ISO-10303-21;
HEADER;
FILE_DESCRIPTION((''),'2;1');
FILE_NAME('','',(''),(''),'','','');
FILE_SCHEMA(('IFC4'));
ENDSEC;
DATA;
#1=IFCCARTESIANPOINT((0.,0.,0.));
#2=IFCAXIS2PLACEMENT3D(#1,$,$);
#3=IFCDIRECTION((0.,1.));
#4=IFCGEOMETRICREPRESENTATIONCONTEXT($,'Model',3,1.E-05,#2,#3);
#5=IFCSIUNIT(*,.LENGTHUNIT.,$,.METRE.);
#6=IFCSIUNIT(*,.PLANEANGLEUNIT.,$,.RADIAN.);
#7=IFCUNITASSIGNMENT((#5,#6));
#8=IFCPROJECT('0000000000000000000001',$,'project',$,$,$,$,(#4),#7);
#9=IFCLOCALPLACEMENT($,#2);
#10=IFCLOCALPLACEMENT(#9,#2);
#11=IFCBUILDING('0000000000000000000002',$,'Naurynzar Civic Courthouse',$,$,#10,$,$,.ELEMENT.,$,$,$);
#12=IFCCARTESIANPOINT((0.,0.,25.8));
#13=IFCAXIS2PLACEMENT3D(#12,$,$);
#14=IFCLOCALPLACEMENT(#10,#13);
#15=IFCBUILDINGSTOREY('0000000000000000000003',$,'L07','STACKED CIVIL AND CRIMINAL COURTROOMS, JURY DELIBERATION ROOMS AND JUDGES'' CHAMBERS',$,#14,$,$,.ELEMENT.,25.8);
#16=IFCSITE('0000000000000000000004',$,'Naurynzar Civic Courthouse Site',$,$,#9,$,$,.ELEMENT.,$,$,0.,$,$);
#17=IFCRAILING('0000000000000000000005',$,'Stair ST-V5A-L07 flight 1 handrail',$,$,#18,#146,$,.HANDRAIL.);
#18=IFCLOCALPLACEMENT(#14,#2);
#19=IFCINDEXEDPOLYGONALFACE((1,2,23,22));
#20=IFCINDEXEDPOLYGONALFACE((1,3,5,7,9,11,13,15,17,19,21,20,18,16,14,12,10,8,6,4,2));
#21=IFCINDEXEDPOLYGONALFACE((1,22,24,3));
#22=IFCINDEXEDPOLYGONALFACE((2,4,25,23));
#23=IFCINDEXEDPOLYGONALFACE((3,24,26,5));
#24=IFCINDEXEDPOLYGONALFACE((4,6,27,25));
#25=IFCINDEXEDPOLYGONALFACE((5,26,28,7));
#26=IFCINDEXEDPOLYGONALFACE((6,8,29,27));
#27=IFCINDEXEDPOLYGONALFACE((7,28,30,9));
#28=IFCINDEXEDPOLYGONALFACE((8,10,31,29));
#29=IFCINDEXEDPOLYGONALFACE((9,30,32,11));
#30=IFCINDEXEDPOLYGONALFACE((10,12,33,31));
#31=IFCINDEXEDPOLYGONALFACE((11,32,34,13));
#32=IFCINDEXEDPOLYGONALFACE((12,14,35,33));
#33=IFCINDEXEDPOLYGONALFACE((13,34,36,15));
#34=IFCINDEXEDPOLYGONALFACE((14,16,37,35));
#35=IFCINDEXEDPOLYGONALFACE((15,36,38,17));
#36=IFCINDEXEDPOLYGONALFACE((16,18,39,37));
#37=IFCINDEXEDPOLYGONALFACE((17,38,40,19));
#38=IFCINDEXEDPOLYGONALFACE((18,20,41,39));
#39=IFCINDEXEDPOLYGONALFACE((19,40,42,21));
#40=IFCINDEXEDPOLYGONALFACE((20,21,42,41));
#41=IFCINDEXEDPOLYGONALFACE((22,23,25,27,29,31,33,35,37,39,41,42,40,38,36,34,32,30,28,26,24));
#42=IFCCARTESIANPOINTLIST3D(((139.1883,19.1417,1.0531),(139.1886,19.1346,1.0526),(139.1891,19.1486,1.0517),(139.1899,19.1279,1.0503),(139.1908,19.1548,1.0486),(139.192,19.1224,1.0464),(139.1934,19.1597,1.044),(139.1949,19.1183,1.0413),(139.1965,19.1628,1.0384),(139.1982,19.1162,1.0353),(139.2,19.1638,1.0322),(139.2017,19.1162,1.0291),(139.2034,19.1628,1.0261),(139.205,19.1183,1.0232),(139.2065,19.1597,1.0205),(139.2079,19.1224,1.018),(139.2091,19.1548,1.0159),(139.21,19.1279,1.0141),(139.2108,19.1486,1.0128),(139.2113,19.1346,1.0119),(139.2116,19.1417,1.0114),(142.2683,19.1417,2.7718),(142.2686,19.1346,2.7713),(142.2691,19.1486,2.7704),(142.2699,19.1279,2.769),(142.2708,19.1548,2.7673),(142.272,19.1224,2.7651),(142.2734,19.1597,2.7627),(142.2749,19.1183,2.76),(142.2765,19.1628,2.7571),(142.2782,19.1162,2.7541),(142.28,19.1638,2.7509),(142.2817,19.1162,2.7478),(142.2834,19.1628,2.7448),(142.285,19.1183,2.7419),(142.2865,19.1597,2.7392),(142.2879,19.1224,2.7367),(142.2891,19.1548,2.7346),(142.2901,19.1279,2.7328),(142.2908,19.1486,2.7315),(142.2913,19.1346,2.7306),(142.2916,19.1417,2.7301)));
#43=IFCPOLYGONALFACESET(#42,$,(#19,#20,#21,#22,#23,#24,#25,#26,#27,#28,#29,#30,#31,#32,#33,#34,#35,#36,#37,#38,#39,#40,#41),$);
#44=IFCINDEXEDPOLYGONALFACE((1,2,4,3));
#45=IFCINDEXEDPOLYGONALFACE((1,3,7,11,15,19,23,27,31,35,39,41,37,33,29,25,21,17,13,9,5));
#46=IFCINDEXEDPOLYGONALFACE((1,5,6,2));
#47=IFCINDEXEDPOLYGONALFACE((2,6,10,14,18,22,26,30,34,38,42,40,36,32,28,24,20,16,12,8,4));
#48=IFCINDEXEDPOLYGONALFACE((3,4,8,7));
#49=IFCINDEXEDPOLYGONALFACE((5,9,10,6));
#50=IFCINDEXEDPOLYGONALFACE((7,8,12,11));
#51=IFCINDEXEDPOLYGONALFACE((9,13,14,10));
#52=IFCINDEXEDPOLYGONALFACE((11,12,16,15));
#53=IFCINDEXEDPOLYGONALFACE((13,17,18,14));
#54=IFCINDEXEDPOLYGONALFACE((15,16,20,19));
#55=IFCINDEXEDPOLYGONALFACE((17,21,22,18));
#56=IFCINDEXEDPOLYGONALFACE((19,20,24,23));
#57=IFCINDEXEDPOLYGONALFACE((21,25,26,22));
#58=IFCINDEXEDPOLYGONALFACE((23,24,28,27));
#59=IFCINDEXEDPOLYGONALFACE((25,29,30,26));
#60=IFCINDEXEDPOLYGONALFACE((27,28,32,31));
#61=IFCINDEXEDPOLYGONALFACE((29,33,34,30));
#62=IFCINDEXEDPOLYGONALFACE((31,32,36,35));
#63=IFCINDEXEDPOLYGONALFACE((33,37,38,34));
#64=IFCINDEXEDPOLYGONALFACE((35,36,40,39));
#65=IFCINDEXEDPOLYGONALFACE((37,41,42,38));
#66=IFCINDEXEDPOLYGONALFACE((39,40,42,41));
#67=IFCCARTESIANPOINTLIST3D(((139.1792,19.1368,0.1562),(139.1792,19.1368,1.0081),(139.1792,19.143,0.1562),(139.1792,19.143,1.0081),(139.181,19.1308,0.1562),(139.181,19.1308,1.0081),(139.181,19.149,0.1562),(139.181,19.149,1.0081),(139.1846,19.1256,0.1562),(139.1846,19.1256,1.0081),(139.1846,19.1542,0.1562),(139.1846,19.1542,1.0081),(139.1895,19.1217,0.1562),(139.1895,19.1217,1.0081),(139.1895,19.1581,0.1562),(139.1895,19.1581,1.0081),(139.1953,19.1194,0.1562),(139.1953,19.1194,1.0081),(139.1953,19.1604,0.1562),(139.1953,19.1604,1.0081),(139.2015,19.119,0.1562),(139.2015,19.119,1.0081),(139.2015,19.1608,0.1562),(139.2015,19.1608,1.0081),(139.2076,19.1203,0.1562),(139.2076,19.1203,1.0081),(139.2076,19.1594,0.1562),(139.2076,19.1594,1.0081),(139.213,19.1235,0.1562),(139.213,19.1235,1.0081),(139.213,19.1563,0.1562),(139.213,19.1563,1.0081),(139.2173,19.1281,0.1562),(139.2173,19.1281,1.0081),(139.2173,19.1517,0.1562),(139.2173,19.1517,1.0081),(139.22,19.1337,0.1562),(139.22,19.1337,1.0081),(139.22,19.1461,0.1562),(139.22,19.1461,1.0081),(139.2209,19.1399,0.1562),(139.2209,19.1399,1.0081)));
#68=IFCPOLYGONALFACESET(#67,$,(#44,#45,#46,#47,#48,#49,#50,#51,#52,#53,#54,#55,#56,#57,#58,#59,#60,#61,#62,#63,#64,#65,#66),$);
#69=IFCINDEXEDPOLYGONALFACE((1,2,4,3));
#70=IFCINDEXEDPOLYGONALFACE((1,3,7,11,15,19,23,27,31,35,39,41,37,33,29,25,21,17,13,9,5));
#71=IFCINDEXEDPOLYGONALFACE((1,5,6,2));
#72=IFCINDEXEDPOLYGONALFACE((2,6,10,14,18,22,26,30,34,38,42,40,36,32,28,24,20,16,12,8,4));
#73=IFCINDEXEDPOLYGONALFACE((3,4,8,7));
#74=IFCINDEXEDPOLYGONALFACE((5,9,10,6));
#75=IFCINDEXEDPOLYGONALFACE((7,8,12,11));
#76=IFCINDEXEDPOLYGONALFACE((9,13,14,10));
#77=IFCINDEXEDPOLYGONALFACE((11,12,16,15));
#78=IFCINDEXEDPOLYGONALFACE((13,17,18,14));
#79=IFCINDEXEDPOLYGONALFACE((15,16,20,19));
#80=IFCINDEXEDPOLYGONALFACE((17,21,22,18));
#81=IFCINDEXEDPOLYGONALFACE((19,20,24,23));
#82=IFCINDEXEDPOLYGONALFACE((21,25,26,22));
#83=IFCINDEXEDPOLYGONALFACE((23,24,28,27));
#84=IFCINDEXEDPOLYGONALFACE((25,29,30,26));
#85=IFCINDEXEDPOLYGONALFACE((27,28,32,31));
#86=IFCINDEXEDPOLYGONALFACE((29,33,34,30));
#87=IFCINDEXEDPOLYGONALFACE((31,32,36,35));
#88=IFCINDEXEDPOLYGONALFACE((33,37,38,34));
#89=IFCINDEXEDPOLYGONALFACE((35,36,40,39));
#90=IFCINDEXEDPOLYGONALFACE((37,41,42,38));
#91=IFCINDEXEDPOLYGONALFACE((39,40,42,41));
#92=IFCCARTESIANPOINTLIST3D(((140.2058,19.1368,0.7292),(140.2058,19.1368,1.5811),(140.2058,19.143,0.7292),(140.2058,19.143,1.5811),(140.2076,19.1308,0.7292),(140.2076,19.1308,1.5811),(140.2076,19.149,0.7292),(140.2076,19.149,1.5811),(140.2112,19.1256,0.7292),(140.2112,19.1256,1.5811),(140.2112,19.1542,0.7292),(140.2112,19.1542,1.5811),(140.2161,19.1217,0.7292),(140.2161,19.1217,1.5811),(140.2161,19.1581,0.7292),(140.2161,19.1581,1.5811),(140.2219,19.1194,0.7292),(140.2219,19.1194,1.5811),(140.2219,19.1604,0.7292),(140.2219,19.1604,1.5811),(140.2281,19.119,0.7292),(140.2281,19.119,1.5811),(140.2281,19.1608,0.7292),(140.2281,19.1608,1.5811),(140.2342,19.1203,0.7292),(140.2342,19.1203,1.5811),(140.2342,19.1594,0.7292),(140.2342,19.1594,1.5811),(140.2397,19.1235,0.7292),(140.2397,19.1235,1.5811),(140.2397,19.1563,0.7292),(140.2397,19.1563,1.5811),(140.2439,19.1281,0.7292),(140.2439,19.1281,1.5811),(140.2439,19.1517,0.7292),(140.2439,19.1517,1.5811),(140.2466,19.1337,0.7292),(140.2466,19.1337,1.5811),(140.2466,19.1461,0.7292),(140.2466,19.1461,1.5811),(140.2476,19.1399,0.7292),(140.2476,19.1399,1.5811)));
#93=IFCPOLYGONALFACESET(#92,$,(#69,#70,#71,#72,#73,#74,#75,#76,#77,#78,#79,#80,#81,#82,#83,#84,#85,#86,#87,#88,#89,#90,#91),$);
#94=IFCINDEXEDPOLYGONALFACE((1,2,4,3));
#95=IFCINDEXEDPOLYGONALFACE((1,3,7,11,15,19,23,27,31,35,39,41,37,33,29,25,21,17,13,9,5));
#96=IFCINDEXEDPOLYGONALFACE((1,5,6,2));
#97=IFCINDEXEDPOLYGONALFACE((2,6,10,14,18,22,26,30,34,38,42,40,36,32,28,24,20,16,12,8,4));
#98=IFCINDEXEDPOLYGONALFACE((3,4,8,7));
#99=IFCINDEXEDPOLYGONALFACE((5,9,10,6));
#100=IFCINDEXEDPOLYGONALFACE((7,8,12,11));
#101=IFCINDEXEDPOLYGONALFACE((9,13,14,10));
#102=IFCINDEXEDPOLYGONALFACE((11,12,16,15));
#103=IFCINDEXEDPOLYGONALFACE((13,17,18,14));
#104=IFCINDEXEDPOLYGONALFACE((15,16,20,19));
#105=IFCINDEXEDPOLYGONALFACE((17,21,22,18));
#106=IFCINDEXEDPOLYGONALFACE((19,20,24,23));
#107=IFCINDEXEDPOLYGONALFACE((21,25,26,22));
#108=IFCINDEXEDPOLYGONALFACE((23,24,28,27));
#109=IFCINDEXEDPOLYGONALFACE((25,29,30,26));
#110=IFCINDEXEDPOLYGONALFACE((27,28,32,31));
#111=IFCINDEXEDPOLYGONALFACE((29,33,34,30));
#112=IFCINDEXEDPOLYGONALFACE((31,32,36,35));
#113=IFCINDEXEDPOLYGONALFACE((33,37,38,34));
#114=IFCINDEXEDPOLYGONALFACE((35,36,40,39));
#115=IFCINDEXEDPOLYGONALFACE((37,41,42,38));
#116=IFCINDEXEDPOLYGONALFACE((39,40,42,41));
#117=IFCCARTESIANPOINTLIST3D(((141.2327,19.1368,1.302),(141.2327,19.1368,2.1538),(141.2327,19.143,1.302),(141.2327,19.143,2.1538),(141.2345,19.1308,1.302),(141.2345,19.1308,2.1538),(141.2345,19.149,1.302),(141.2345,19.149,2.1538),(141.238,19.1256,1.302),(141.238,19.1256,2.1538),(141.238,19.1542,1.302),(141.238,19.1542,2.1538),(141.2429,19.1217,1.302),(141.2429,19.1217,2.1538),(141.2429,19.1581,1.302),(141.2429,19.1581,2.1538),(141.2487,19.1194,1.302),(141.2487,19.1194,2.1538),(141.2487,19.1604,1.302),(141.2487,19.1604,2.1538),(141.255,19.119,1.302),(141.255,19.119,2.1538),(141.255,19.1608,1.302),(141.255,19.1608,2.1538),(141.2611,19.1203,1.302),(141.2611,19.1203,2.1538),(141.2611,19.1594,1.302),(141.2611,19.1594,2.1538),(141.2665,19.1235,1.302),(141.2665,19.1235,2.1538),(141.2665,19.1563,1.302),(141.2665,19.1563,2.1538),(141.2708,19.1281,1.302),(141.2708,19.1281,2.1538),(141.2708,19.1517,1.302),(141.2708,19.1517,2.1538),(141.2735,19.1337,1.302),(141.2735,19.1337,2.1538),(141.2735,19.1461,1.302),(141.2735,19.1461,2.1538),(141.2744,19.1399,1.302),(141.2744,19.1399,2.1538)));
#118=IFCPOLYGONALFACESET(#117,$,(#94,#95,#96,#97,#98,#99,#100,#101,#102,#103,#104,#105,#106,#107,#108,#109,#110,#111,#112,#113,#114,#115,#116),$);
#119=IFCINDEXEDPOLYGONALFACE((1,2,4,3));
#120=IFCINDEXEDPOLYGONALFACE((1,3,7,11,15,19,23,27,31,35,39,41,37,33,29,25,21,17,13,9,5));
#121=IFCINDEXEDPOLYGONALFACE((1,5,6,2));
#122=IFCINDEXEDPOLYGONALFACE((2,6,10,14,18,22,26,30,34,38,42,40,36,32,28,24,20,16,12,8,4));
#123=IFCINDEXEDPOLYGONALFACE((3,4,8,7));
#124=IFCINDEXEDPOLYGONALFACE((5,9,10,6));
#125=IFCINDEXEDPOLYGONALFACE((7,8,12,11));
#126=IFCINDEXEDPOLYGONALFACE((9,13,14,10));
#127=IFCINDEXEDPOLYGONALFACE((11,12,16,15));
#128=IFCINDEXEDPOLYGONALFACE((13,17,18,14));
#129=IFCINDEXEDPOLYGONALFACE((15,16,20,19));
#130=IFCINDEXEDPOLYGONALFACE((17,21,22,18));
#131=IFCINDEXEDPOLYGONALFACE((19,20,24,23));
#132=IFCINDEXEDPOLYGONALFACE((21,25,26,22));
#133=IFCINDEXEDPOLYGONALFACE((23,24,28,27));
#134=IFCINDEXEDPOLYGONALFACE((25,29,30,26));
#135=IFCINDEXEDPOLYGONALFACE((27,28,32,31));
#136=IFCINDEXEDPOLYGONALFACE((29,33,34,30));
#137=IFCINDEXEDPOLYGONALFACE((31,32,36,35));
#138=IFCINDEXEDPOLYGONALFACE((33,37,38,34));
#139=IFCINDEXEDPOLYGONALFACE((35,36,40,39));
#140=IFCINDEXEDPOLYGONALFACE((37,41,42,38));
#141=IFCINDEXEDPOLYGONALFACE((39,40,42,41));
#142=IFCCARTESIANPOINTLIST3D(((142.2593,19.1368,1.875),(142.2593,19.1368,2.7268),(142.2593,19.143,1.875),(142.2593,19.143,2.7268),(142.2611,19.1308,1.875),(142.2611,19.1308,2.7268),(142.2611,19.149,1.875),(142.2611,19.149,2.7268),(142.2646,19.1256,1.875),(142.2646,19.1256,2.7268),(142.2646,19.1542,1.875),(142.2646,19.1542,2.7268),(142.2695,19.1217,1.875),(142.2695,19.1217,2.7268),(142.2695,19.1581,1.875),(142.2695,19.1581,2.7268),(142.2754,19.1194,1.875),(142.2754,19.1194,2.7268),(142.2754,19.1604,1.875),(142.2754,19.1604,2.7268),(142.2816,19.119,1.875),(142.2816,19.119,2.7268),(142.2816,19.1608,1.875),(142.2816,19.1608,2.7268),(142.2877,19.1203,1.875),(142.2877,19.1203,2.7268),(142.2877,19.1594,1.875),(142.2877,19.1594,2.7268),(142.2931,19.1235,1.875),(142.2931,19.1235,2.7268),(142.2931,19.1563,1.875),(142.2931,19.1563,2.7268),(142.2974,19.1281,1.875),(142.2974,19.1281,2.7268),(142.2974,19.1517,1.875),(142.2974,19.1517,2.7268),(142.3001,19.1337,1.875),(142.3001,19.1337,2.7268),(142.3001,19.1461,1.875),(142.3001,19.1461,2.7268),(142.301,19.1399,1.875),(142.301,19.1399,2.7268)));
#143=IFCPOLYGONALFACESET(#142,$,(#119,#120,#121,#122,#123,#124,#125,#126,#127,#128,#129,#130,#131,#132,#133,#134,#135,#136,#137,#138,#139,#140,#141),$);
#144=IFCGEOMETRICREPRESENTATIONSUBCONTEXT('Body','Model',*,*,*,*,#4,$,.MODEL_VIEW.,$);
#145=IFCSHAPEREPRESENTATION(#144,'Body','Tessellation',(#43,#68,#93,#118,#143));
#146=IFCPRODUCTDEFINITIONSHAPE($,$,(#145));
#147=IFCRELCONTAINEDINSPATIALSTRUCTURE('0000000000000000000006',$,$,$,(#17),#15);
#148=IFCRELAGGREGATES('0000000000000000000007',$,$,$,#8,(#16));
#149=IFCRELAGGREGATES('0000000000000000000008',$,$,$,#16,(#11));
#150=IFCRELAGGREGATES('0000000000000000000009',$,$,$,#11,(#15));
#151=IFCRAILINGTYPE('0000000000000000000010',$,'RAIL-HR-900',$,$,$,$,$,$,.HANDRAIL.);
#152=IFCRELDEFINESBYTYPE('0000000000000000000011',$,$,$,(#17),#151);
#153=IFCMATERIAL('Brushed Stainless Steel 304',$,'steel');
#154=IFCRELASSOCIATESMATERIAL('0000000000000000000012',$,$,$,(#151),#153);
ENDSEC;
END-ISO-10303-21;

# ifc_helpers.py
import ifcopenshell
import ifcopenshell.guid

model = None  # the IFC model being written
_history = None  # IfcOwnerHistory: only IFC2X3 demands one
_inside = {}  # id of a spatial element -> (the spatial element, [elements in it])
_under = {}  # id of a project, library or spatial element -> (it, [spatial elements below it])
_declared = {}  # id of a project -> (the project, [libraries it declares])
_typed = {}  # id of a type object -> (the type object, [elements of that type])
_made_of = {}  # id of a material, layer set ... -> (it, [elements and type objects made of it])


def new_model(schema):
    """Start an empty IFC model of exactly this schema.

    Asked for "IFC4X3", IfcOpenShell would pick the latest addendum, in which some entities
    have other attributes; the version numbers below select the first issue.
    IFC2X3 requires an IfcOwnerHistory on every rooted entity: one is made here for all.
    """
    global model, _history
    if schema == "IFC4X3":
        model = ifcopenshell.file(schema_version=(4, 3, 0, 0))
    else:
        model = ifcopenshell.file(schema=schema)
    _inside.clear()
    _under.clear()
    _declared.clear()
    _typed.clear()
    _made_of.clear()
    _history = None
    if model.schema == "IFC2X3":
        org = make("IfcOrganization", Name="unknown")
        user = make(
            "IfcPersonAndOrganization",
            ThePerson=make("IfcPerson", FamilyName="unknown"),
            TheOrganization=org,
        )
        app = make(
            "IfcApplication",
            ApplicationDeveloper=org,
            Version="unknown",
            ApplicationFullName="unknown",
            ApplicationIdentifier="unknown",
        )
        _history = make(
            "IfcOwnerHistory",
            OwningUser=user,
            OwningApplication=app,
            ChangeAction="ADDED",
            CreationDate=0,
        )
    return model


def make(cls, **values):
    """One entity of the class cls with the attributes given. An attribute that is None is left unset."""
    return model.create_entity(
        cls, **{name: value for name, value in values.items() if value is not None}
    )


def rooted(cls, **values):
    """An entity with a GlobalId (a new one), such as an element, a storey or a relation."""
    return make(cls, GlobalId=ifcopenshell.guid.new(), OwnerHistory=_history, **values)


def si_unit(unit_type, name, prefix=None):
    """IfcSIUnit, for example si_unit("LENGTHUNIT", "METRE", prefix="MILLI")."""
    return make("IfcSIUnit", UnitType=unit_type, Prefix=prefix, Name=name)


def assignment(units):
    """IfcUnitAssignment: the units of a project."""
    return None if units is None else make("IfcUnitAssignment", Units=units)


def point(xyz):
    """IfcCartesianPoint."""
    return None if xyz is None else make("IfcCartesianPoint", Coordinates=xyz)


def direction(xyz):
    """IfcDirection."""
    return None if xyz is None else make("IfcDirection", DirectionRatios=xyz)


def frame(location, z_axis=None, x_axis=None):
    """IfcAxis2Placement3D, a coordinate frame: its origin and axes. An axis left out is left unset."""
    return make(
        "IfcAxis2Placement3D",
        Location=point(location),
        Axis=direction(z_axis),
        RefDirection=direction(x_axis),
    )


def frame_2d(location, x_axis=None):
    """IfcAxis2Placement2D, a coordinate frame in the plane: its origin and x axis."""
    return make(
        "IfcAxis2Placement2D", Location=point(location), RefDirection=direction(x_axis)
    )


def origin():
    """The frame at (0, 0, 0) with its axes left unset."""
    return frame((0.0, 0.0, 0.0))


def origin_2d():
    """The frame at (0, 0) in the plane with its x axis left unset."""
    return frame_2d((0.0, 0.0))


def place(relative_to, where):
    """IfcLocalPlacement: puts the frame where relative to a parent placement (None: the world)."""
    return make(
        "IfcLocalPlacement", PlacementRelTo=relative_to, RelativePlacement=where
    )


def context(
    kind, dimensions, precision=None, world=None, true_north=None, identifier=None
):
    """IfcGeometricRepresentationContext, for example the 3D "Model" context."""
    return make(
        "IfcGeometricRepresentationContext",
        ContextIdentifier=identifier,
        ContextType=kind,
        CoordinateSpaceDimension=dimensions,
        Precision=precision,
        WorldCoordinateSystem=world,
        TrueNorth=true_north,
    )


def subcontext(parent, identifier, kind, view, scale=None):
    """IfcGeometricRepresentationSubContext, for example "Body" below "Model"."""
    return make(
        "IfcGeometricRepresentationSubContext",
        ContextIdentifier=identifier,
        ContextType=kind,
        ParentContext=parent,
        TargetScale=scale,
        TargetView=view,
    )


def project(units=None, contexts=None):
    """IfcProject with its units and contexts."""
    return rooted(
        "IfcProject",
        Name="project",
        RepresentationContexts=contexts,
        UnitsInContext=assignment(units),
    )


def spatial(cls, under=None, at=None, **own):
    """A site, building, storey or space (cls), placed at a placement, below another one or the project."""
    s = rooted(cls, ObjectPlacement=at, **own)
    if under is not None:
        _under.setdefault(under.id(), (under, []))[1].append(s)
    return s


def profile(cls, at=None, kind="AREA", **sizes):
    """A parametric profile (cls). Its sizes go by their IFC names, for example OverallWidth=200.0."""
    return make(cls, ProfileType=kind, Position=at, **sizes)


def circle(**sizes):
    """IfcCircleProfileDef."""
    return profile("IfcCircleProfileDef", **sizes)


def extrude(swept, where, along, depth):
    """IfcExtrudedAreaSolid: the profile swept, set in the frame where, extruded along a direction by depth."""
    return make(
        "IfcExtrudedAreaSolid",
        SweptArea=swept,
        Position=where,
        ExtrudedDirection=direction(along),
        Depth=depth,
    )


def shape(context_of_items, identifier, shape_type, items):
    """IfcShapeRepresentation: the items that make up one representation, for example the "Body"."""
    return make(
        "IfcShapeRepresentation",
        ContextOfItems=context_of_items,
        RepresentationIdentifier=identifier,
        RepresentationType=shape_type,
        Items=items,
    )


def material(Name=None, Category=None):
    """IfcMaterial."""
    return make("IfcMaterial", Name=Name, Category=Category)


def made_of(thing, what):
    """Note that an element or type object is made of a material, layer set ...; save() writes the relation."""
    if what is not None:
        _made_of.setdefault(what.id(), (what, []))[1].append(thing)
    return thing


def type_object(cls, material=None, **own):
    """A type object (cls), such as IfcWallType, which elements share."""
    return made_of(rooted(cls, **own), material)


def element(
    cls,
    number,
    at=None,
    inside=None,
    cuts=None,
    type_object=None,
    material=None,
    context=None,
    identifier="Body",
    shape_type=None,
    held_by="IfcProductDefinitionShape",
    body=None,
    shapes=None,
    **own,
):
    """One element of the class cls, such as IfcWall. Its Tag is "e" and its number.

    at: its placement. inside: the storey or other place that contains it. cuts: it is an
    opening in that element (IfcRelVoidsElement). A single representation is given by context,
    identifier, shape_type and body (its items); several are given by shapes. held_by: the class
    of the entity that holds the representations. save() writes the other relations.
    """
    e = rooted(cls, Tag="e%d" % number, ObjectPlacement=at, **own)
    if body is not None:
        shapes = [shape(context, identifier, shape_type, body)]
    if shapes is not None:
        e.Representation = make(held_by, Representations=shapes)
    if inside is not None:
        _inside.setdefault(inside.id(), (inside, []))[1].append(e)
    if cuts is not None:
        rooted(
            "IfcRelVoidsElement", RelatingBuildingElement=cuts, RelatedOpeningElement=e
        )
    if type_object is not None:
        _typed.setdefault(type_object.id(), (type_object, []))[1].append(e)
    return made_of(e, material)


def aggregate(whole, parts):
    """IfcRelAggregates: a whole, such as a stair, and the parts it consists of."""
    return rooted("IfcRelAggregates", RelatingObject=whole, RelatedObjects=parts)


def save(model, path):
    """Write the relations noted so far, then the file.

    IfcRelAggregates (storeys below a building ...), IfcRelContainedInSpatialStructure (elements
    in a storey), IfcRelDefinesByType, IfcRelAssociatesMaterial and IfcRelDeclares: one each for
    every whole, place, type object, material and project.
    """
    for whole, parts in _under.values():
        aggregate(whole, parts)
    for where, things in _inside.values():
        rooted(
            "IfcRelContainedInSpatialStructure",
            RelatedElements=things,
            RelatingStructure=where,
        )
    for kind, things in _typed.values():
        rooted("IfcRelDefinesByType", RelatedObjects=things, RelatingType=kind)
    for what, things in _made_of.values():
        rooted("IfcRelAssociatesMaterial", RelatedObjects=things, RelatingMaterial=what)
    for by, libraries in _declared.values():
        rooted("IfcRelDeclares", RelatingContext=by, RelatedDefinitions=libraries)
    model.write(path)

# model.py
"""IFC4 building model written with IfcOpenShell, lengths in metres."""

from ifc_helpers import new_model, si_unit, direction, frame, origin, origin_2d, place, context, subcontext, project, spatial, circle, extrude, material, type_object, element, save


model = new_model("IFC4")

# Units and contexts
model_context = context("Model", 3, precision=1e-05, world=origin(), true_north=direction((0.0, 1.0)))
body_context = subcontext(model_context, "Body", "Model", "MODEL_VIEW")
ifc_project = project(units=[si_unit("LENGTHUNIT", "METRE"), si_unit("PLANEANGLEUNIT", "RADIAN")], contexts=[model_context])

# Site, building, storey
site_placement = place(None, origin())
site = spatial("IfcSite", under=ifc_project, at=site_placement, Name="Naurynzar Civic Courthouse Site", CompositionType="ELEMENT", RefElevation=0.0)
building_placement = place(site_placement, origin())
building = spatial("IfcBuilding", under=site, at=building_placement, Name="Naurynzar Civic Courthouse", CompositionType="ELEMENT")
storey_placement = place(building_placement, frame((0.0, 0.0, 25.8)))
storey = spatial("IfcBuildingStorey", under=building, at=storey_placement, Name="L07", Description="STACKED CIVIL AND CRIMINAL COURTROOMS, JURY DELIBERATION ROOMS AND JUDGES' CHAMBERS", CompositionType="ELEMENT", Elevation=25.8)

# Railing
ifc_material_1 = material(Name="Brushed Stainless Steel 304", Category="steel")
railing_type_1 = type_object("IfcRailingType", Name="RAIL-HR-900", PredefinedType="HANDRAIL", material=ifc_material_1)
railing_1_placement = place(storey_placement, frame((139.2, 19.1399, 0.1562)))
element("IfcRailing", 1, at=railing_1_placement, inside=storey, type_object=railing_type_1, Name="Stair ST-V5A-L07 flight 1 handrail", PredefinedType="HANDRAIL", context=body_context, shape_type="SweptSolid", body=[
    extrude(circle(Radius=0.0239, at=origin_2d()), frame((0.0, 0.0, 0.876), z_axis=(0.873242, 0.0, 0.487288), x_axis=(0.0, 1.0, 0.0)), (0.0, 0.0, 1.0), 3.5271),
    extrude(circle(Radius=0.021, at=origin_2d()), origin(), (0.0, 0.0, 1.0), 0.8518),
    extrude(circle(Radius=0.021, at=origin_2d()), frame((1.0266, 0.0, 0.573)), (0.0, 0.0, 1.0), 0.8518),
    extrude(circle(Radius=0.021, at=origin_2d()), frame((2.0535, 0.0, 1.1458)), (0.0, 0.0, 1.0), 0.8518),
    extrude(circle(Radius=0.021, at=origin_2d()), frame((3.0801, 0.0, 1.7188)), (0.0, 0.0, 1.0), 0.8518),
])

save(model, "model.ifc")
